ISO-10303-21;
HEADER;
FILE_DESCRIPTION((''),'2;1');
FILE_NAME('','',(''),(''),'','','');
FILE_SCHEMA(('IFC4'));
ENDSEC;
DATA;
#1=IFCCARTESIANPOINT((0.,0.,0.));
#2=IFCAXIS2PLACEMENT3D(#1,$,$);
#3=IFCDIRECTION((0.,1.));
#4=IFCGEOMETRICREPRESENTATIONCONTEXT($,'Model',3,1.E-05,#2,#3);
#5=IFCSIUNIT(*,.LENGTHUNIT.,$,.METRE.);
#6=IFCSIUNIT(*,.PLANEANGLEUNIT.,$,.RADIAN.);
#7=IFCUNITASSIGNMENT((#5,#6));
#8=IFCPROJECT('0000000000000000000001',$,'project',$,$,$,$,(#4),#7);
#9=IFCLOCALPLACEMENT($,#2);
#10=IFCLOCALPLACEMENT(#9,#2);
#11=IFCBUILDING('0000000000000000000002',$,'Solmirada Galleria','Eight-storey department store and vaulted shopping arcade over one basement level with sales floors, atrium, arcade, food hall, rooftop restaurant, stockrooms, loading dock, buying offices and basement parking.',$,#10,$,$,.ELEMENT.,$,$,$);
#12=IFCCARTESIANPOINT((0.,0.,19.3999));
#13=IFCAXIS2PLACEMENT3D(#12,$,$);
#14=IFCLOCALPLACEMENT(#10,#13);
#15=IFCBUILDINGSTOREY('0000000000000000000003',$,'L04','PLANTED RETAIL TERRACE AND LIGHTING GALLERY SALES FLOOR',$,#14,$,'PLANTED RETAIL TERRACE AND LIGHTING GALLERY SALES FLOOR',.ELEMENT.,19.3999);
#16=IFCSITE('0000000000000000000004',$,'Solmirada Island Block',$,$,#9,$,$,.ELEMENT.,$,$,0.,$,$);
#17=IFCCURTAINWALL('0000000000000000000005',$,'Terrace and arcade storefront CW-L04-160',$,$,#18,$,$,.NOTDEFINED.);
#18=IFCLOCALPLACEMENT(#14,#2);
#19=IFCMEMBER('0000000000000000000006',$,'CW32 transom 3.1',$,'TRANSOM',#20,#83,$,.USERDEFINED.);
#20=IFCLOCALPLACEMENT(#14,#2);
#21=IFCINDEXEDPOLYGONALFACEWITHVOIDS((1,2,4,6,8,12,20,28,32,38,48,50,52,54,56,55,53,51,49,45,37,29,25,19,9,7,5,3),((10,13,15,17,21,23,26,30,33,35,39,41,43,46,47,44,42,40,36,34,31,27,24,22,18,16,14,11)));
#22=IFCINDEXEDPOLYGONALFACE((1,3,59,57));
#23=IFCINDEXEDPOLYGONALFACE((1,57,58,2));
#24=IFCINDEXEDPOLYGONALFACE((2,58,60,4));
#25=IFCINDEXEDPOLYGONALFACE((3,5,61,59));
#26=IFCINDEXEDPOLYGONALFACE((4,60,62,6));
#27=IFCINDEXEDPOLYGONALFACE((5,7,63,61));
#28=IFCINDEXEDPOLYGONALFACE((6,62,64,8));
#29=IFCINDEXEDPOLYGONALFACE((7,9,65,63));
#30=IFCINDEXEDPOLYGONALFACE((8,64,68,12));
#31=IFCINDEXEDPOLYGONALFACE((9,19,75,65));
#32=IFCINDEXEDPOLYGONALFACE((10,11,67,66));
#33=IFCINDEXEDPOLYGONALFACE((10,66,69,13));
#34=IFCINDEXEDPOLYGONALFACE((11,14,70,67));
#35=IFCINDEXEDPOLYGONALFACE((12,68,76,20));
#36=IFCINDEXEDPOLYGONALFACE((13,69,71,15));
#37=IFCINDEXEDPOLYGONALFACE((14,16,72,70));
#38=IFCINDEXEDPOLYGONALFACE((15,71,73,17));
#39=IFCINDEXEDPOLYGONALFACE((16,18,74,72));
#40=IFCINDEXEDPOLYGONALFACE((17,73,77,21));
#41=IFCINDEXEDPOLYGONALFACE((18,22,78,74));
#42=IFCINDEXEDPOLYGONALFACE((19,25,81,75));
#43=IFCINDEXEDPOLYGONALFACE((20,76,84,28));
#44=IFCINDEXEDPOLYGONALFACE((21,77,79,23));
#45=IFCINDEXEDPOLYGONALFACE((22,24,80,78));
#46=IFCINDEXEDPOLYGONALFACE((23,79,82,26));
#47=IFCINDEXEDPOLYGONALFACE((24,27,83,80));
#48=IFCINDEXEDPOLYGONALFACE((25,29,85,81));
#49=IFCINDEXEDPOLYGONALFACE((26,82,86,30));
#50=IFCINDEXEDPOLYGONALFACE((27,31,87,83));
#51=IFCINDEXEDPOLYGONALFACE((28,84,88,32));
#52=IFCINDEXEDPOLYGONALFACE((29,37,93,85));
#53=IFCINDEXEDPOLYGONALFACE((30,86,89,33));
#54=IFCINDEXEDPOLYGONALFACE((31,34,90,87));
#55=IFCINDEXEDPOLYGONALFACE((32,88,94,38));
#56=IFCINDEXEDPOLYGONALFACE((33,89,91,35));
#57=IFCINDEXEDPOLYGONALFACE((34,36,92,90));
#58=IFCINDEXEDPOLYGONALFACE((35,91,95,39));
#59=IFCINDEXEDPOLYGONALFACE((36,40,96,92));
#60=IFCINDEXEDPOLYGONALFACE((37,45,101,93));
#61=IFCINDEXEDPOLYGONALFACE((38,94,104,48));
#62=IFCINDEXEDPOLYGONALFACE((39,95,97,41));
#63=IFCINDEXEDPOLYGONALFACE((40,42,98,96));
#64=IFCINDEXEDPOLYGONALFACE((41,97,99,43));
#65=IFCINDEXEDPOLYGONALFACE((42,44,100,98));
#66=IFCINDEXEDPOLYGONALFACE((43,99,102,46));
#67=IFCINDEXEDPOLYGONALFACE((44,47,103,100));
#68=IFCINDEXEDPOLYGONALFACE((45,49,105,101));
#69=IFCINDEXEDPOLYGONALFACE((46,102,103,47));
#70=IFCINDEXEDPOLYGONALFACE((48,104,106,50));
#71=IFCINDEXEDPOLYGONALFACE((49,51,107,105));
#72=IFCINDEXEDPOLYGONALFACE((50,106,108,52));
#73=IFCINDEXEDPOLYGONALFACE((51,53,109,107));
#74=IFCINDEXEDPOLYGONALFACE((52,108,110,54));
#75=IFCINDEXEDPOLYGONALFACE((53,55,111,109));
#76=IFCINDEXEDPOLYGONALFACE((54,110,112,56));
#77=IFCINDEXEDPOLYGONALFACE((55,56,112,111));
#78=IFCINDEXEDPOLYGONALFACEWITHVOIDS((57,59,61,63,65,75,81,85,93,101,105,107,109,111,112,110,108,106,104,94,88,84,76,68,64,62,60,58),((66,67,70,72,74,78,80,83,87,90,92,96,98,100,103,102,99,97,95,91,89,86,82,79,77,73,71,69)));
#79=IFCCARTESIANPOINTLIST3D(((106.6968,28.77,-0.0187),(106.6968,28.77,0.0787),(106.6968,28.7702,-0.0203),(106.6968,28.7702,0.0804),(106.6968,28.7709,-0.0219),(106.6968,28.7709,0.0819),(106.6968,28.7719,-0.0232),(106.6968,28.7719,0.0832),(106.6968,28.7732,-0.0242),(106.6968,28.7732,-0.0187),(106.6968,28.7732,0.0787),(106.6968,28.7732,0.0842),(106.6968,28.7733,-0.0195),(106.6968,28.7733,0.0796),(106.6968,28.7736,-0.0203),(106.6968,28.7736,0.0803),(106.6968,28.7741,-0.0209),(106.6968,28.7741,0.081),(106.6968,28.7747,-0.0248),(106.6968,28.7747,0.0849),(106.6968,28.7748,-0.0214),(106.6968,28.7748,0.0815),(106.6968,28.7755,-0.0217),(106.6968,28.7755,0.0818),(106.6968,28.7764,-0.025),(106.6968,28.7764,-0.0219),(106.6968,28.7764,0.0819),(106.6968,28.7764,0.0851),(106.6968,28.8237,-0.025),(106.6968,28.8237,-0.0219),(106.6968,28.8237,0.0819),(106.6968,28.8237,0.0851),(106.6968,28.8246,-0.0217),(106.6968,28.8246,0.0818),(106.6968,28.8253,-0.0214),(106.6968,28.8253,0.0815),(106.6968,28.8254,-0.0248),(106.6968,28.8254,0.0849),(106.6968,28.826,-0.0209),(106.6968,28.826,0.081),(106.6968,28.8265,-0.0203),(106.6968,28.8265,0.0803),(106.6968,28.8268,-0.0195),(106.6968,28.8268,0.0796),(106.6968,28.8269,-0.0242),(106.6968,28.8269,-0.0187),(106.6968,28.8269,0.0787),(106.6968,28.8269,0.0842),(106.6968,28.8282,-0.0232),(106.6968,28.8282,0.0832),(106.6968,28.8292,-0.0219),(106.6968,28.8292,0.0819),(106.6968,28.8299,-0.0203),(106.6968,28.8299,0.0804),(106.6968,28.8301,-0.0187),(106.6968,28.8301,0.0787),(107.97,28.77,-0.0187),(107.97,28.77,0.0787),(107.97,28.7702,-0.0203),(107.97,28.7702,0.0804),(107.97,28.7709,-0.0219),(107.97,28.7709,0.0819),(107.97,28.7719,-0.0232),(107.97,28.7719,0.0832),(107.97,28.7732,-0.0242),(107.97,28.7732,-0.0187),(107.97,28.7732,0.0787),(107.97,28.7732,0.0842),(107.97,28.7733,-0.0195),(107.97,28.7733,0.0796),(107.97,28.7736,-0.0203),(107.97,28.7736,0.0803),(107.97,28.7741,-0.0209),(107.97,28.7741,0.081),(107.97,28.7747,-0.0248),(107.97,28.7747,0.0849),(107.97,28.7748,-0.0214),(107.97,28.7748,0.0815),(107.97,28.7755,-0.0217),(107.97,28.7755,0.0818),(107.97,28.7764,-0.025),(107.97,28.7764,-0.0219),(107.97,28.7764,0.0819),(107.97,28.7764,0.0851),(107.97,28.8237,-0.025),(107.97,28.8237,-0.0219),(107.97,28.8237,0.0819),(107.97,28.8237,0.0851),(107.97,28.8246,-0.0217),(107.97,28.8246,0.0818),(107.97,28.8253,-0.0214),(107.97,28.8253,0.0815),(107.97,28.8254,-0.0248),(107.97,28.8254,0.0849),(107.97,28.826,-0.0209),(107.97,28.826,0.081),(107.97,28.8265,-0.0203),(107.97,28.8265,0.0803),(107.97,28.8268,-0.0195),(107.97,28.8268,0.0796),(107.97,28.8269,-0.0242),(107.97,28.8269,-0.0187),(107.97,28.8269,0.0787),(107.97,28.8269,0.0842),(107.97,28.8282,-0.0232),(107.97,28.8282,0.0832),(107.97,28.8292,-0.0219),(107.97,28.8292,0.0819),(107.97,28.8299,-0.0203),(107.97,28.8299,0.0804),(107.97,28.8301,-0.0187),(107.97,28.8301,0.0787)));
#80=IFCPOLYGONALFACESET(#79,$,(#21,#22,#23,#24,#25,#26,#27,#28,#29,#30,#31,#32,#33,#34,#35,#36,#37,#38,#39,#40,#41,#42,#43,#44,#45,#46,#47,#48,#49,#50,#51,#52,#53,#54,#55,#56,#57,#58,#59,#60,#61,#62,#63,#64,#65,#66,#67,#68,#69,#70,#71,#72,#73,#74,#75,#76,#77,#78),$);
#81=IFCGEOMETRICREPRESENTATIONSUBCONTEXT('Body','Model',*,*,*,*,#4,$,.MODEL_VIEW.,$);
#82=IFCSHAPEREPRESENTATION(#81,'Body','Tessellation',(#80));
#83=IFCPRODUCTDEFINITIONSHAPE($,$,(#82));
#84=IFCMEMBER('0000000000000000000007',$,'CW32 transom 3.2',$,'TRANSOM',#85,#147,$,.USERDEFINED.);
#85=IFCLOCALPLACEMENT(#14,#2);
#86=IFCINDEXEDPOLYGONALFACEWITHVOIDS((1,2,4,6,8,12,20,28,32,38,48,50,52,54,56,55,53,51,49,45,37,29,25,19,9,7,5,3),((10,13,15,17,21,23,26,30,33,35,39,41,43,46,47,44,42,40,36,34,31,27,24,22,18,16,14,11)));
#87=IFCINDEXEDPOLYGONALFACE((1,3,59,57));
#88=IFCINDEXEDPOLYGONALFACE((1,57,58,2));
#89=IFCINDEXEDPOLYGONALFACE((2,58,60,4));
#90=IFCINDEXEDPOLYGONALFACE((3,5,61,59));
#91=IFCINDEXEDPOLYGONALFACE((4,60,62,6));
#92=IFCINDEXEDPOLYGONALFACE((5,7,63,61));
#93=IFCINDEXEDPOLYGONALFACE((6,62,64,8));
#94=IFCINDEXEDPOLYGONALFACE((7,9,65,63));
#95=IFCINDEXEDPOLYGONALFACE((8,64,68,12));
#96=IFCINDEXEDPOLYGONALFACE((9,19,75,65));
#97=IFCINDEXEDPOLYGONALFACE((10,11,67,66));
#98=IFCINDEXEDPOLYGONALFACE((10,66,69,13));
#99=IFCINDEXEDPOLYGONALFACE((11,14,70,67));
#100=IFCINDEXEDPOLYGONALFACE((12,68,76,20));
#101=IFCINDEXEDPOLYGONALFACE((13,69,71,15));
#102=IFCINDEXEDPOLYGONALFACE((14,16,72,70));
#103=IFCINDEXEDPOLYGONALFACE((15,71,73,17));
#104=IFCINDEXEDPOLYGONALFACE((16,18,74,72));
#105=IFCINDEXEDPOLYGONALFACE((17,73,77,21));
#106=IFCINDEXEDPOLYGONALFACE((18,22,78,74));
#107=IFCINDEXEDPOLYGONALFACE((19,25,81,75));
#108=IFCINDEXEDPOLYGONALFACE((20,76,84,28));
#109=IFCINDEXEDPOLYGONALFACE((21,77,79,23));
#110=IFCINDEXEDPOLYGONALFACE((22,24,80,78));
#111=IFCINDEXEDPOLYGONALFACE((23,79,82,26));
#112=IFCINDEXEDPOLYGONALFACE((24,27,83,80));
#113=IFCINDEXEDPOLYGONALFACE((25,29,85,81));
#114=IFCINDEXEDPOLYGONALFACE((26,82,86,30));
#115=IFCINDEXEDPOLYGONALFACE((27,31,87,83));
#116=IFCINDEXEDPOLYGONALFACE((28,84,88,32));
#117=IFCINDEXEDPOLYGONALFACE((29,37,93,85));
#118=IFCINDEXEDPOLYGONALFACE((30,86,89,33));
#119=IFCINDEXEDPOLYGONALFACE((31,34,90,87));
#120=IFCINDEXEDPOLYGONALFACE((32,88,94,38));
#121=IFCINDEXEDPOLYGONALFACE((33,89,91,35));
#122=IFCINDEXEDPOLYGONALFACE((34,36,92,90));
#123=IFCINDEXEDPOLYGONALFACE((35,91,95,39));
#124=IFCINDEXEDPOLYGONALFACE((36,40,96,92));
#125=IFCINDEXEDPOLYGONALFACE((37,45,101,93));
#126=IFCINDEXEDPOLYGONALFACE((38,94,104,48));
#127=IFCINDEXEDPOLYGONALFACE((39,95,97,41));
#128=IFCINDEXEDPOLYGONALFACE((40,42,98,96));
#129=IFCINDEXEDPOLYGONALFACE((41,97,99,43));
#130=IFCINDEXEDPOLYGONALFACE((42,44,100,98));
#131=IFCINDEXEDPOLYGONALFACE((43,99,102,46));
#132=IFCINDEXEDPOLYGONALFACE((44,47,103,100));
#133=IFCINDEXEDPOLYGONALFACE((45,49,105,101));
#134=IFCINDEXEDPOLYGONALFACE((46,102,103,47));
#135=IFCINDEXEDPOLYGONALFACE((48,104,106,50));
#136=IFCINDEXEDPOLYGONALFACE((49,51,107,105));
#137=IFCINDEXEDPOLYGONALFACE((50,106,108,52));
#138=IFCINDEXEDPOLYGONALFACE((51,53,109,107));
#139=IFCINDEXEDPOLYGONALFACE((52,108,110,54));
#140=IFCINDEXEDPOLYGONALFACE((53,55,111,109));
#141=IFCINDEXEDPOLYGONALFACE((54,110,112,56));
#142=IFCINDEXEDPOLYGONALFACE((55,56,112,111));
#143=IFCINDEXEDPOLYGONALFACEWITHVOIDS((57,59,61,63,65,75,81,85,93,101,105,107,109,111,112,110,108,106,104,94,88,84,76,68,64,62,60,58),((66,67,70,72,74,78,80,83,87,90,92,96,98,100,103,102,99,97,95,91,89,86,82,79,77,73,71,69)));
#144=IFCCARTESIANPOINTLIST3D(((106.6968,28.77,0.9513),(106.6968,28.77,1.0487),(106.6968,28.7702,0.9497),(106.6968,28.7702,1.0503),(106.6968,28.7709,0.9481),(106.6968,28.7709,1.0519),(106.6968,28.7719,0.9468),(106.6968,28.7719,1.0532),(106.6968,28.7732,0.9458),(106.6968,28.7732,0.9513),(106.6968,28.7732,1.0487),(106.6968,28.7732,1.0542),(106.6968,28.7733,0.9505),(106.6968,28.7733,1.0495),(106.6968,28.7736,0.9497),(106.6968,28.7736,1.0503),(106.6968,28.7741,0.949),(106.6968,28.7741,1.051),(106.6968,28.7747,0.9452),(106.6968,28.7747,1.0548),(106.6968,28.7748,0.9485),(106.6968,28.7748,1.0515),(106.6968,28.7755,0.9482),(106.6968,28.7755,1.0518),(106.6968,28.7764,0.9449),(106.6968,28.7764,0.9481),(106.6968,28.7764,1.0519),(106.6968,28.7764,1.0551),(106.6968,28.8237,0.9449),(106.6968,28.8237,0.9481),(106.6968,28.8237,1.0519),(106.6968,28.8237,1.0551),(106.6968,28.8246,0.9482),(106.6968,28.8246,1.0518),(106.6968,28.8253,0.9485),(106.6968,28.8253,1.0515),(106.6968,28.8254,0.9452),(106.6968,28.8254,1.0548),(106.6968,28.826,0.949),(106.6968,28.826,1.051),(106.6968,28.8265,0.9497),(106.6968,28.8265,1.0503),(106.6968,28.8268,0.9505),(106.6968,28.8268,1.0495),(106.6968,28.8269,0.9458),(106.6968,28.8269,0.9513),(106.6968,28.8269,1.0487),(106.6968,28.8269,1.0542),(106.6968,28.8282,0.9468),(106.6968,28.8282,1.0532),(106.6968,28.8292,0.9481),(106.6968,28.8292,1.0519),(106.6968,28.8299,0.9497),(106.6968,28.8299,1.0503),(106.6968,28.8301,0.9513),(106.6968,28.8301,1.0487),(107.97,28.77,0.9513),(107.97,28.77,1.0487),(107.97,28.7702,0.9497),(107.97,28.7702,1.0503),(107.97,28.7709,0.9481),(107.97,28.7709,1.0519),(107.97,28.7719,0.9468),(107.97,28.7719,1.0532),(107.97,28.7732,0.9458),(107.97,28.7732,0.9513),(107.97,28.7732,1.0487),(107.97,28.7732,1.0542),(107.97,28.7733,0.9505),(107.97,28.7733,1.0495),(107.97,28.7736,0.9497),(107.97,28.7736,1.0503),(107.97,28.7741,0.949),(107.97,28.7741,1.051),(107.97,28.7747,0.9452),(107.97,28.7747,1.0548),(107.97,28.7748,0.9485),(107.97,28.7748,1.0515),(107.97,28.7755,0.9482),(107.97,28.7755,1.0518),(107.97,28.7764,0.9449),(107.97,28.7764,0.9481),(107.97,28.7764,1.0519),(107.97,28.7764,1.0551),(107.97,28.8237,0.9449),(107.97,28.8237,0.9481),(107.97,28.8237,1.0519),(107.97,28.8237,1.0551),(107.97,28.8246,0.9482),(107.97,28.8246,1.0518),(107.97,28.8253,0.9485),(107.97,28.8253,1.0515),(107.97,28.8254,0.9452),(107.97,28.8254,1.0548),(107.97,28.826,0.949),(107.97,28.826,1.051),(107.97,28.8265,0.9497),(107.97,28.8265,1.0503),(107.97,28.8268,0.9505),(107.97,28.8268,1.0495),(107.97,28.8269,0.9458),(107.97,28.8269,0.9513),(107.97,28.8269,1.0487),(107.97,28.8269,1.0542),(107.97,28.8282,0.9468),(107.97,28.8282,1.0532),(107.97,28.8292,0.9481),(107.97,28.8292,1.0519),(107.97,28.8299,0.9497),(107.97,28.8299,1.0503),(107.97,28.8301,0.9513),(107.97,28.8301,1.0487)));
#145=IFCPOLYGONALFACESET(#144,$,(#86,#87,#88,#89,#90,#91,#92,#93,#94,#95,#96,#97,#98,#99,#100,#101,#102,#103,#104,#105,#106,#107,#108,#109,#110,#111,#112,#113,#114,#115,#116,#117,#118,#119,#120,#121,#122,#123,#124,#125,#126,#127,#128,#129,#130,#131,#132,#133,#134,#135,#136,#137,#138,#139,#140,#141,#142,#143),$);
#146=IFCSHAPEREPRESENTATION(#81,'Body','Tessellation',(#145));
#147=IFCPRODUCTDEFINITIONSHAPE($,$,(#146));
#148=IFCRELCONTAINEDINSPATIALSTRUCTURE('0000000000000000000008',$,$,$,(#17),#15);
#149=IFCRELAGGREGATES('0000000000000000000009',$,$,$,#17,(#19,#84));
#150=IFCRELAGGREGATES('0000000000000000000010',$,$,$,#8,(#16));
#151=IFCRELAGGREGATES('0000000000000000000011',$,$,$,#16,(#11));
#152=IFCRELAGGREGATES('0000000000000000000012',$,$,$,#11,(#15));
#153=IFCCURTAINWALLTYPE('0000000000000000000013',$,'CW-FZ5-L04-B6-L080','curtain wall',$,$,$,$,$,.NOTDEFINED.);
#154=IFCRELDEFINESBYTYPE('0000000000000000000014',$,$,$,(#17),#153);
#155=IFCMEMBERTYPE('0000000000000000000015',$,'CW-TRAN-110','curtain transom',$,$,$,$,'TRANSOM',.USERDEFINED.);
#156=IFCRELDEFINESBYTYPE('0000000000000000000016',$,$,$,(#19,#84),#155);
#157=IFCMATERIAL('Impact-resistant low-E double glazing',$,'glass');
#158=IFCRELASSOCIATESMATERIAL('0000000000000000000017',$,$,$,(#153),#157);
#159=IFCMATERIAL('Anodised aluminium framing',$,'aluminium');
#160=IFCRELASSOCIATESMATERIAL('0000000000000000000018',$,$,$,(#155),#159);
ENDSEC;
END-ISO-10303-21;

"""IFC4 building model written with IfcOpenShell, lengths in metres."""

from ifc_helpers import new_model, si_unit, direction, frame, origin, origin_2d, place, context, subcontext, project, spatial, hollow_rectangle, extrude, material, material_profile, profile_set, type_object, element, aggregate, save


model = new_model("IFC4")

# Units and contexts
model_context = context("Model", 3, precision=1e-05, world=origin(), true_north=direction((0.0, 1.0)))
body_context = subcontext(model_context, "Body", "Model", "MODEL_VIEW")
ifc_project = project(units=[si_unit("LENGTHUNIT", "METRE"), si_unit("PLANEANGLEUNIT", "RADIAN")], contexts=[model_context])

# Site, building, storey
site_placement = place(None, origin())
site = spatial("IfcSite", under=ifc_project, at=site_placement, Name="Solmirada Island Block", CompositionType="ELEMENT", RefElevation=0.0)
building_placement = place(site_placement, origin())
building = spatial("IfcBuilding", under=site, at=building_placement, Name="Solmirada Galleria", Description="Eight-storey department store and vaulted shopping arcade over one basement level with sales floors, atrium, arcade, food hall, rooftop restaurant, stockrooms, loading dock, buying offices and basement parking.", CompositionType="ELEMENT")
storey_placement = place(building_placement, frame((0.0, 0.0, 19.3999)))
storey = spatial("IfcBuildingStorey", under=building, at=storey_placement, Name="L04", Description="PLANTED RETAIL TERRACE AND LIGHTING GALLERY SALES FLOOR", LongName="PLANTED RETAIL TERRACE AND LIGHTING GALLERY SALES FLOOR", CompositionType="ELEMENT", Elevation=19.3999)

# Curtain wall, members
ifc_material_1 = material(Name="Impact-resistant low-E double glazing", Category="glass")
curtain_wall_type = type_object("IfcCurtainWallType", Name="CW-FZ5-L04-B6-L080", Description="curtain wall", PredefinedType="NOTDEFINED", material=ifc_material_1)
curtain_wall_placement = place(storey_placement, origin())
curtain_wall = element("IfcCurtainWall", 1, at=curtain_wall_placement, inside=storey, type_object=curtain_wall_type, Name="Terrace and arcade storefront CW-L04-160", PredefinedType="NOTDEFINED")
ifc_material_2 = material(Name="Anodised aluminium framing", Category="aluminium")
ifc_material_profile_1 = material_profile(ifc_material_2, hollow_rectangle(XDim=0.0601, YDim=0.1101, WallThickness=0.0032, InnerFilletRadius=0.0032, OuterFilletRadius=0.0063, at=origin_2d()), Name="ALU-TRAN-110X60")
ifc_profile_set_1 = profile_set([ifc_material_profile_1], Name="Anodised aluminium framing")
member_type_1 = type_object("IfcMemberType", Name="CW-TRAN-110", Description="curtain transom", ElementType="TRANSOM", PredefinedType="USERDEFINED", material=ifc_profile_set_1)
member_1_placement = place(storey_placement, frame((106.6968, 28.8, 0.03), z_axis=(1.0, 0.0, 0.0), x_axis=(0.0, 1.0, 0.0)))
member_1 = element("IfcMember", 2, at=member_1_placement, type_object=member_type_1, Name="CW32 transom 3.1", ObjectType="TRANSOM", PredefinedType="USERDEFINED", context=body_context, shape_type="SweptSolid", body=[
    extrude(hollow_rectangle(XDim=0.0601, YDim=0.1101, WallThickness=0.0032, InnerFilletRadius=0.0032, OuterFilletRadius=0.0063, at=origin_2d()), origin(), (0.0, 0.0, 1.0), 1.2732),
])
member_2_placement = place(storey_placement, frame((106.6968, 28.8, 1.0), z_axis=(1.0, 0.0, 0.0), x_axis=(0.0, 1.0, 0.0)))
member_2 = element("IfcMember", 3, at=member_2_placement, type_object=member_type_1, Name="CW32 transom 3.2", ObjectType="TRANSOM", PredefinedType="USERDEFINED", context=body_context, shape_type="SweptSolid", body=[
    extrude(hollow_rectangle(XDim=0.0601, YDim=0.1101, WallThickness=0.0032, InnerFilletRadius=0.0032, OuterFilletRadius=0.0063, at=origin_2d()), origin(), (0.0, 0.0, 1.0), 1.2732),
])
aggregate(curtain_wall, [member_1, member_2])

save(model, "model.ifc")
